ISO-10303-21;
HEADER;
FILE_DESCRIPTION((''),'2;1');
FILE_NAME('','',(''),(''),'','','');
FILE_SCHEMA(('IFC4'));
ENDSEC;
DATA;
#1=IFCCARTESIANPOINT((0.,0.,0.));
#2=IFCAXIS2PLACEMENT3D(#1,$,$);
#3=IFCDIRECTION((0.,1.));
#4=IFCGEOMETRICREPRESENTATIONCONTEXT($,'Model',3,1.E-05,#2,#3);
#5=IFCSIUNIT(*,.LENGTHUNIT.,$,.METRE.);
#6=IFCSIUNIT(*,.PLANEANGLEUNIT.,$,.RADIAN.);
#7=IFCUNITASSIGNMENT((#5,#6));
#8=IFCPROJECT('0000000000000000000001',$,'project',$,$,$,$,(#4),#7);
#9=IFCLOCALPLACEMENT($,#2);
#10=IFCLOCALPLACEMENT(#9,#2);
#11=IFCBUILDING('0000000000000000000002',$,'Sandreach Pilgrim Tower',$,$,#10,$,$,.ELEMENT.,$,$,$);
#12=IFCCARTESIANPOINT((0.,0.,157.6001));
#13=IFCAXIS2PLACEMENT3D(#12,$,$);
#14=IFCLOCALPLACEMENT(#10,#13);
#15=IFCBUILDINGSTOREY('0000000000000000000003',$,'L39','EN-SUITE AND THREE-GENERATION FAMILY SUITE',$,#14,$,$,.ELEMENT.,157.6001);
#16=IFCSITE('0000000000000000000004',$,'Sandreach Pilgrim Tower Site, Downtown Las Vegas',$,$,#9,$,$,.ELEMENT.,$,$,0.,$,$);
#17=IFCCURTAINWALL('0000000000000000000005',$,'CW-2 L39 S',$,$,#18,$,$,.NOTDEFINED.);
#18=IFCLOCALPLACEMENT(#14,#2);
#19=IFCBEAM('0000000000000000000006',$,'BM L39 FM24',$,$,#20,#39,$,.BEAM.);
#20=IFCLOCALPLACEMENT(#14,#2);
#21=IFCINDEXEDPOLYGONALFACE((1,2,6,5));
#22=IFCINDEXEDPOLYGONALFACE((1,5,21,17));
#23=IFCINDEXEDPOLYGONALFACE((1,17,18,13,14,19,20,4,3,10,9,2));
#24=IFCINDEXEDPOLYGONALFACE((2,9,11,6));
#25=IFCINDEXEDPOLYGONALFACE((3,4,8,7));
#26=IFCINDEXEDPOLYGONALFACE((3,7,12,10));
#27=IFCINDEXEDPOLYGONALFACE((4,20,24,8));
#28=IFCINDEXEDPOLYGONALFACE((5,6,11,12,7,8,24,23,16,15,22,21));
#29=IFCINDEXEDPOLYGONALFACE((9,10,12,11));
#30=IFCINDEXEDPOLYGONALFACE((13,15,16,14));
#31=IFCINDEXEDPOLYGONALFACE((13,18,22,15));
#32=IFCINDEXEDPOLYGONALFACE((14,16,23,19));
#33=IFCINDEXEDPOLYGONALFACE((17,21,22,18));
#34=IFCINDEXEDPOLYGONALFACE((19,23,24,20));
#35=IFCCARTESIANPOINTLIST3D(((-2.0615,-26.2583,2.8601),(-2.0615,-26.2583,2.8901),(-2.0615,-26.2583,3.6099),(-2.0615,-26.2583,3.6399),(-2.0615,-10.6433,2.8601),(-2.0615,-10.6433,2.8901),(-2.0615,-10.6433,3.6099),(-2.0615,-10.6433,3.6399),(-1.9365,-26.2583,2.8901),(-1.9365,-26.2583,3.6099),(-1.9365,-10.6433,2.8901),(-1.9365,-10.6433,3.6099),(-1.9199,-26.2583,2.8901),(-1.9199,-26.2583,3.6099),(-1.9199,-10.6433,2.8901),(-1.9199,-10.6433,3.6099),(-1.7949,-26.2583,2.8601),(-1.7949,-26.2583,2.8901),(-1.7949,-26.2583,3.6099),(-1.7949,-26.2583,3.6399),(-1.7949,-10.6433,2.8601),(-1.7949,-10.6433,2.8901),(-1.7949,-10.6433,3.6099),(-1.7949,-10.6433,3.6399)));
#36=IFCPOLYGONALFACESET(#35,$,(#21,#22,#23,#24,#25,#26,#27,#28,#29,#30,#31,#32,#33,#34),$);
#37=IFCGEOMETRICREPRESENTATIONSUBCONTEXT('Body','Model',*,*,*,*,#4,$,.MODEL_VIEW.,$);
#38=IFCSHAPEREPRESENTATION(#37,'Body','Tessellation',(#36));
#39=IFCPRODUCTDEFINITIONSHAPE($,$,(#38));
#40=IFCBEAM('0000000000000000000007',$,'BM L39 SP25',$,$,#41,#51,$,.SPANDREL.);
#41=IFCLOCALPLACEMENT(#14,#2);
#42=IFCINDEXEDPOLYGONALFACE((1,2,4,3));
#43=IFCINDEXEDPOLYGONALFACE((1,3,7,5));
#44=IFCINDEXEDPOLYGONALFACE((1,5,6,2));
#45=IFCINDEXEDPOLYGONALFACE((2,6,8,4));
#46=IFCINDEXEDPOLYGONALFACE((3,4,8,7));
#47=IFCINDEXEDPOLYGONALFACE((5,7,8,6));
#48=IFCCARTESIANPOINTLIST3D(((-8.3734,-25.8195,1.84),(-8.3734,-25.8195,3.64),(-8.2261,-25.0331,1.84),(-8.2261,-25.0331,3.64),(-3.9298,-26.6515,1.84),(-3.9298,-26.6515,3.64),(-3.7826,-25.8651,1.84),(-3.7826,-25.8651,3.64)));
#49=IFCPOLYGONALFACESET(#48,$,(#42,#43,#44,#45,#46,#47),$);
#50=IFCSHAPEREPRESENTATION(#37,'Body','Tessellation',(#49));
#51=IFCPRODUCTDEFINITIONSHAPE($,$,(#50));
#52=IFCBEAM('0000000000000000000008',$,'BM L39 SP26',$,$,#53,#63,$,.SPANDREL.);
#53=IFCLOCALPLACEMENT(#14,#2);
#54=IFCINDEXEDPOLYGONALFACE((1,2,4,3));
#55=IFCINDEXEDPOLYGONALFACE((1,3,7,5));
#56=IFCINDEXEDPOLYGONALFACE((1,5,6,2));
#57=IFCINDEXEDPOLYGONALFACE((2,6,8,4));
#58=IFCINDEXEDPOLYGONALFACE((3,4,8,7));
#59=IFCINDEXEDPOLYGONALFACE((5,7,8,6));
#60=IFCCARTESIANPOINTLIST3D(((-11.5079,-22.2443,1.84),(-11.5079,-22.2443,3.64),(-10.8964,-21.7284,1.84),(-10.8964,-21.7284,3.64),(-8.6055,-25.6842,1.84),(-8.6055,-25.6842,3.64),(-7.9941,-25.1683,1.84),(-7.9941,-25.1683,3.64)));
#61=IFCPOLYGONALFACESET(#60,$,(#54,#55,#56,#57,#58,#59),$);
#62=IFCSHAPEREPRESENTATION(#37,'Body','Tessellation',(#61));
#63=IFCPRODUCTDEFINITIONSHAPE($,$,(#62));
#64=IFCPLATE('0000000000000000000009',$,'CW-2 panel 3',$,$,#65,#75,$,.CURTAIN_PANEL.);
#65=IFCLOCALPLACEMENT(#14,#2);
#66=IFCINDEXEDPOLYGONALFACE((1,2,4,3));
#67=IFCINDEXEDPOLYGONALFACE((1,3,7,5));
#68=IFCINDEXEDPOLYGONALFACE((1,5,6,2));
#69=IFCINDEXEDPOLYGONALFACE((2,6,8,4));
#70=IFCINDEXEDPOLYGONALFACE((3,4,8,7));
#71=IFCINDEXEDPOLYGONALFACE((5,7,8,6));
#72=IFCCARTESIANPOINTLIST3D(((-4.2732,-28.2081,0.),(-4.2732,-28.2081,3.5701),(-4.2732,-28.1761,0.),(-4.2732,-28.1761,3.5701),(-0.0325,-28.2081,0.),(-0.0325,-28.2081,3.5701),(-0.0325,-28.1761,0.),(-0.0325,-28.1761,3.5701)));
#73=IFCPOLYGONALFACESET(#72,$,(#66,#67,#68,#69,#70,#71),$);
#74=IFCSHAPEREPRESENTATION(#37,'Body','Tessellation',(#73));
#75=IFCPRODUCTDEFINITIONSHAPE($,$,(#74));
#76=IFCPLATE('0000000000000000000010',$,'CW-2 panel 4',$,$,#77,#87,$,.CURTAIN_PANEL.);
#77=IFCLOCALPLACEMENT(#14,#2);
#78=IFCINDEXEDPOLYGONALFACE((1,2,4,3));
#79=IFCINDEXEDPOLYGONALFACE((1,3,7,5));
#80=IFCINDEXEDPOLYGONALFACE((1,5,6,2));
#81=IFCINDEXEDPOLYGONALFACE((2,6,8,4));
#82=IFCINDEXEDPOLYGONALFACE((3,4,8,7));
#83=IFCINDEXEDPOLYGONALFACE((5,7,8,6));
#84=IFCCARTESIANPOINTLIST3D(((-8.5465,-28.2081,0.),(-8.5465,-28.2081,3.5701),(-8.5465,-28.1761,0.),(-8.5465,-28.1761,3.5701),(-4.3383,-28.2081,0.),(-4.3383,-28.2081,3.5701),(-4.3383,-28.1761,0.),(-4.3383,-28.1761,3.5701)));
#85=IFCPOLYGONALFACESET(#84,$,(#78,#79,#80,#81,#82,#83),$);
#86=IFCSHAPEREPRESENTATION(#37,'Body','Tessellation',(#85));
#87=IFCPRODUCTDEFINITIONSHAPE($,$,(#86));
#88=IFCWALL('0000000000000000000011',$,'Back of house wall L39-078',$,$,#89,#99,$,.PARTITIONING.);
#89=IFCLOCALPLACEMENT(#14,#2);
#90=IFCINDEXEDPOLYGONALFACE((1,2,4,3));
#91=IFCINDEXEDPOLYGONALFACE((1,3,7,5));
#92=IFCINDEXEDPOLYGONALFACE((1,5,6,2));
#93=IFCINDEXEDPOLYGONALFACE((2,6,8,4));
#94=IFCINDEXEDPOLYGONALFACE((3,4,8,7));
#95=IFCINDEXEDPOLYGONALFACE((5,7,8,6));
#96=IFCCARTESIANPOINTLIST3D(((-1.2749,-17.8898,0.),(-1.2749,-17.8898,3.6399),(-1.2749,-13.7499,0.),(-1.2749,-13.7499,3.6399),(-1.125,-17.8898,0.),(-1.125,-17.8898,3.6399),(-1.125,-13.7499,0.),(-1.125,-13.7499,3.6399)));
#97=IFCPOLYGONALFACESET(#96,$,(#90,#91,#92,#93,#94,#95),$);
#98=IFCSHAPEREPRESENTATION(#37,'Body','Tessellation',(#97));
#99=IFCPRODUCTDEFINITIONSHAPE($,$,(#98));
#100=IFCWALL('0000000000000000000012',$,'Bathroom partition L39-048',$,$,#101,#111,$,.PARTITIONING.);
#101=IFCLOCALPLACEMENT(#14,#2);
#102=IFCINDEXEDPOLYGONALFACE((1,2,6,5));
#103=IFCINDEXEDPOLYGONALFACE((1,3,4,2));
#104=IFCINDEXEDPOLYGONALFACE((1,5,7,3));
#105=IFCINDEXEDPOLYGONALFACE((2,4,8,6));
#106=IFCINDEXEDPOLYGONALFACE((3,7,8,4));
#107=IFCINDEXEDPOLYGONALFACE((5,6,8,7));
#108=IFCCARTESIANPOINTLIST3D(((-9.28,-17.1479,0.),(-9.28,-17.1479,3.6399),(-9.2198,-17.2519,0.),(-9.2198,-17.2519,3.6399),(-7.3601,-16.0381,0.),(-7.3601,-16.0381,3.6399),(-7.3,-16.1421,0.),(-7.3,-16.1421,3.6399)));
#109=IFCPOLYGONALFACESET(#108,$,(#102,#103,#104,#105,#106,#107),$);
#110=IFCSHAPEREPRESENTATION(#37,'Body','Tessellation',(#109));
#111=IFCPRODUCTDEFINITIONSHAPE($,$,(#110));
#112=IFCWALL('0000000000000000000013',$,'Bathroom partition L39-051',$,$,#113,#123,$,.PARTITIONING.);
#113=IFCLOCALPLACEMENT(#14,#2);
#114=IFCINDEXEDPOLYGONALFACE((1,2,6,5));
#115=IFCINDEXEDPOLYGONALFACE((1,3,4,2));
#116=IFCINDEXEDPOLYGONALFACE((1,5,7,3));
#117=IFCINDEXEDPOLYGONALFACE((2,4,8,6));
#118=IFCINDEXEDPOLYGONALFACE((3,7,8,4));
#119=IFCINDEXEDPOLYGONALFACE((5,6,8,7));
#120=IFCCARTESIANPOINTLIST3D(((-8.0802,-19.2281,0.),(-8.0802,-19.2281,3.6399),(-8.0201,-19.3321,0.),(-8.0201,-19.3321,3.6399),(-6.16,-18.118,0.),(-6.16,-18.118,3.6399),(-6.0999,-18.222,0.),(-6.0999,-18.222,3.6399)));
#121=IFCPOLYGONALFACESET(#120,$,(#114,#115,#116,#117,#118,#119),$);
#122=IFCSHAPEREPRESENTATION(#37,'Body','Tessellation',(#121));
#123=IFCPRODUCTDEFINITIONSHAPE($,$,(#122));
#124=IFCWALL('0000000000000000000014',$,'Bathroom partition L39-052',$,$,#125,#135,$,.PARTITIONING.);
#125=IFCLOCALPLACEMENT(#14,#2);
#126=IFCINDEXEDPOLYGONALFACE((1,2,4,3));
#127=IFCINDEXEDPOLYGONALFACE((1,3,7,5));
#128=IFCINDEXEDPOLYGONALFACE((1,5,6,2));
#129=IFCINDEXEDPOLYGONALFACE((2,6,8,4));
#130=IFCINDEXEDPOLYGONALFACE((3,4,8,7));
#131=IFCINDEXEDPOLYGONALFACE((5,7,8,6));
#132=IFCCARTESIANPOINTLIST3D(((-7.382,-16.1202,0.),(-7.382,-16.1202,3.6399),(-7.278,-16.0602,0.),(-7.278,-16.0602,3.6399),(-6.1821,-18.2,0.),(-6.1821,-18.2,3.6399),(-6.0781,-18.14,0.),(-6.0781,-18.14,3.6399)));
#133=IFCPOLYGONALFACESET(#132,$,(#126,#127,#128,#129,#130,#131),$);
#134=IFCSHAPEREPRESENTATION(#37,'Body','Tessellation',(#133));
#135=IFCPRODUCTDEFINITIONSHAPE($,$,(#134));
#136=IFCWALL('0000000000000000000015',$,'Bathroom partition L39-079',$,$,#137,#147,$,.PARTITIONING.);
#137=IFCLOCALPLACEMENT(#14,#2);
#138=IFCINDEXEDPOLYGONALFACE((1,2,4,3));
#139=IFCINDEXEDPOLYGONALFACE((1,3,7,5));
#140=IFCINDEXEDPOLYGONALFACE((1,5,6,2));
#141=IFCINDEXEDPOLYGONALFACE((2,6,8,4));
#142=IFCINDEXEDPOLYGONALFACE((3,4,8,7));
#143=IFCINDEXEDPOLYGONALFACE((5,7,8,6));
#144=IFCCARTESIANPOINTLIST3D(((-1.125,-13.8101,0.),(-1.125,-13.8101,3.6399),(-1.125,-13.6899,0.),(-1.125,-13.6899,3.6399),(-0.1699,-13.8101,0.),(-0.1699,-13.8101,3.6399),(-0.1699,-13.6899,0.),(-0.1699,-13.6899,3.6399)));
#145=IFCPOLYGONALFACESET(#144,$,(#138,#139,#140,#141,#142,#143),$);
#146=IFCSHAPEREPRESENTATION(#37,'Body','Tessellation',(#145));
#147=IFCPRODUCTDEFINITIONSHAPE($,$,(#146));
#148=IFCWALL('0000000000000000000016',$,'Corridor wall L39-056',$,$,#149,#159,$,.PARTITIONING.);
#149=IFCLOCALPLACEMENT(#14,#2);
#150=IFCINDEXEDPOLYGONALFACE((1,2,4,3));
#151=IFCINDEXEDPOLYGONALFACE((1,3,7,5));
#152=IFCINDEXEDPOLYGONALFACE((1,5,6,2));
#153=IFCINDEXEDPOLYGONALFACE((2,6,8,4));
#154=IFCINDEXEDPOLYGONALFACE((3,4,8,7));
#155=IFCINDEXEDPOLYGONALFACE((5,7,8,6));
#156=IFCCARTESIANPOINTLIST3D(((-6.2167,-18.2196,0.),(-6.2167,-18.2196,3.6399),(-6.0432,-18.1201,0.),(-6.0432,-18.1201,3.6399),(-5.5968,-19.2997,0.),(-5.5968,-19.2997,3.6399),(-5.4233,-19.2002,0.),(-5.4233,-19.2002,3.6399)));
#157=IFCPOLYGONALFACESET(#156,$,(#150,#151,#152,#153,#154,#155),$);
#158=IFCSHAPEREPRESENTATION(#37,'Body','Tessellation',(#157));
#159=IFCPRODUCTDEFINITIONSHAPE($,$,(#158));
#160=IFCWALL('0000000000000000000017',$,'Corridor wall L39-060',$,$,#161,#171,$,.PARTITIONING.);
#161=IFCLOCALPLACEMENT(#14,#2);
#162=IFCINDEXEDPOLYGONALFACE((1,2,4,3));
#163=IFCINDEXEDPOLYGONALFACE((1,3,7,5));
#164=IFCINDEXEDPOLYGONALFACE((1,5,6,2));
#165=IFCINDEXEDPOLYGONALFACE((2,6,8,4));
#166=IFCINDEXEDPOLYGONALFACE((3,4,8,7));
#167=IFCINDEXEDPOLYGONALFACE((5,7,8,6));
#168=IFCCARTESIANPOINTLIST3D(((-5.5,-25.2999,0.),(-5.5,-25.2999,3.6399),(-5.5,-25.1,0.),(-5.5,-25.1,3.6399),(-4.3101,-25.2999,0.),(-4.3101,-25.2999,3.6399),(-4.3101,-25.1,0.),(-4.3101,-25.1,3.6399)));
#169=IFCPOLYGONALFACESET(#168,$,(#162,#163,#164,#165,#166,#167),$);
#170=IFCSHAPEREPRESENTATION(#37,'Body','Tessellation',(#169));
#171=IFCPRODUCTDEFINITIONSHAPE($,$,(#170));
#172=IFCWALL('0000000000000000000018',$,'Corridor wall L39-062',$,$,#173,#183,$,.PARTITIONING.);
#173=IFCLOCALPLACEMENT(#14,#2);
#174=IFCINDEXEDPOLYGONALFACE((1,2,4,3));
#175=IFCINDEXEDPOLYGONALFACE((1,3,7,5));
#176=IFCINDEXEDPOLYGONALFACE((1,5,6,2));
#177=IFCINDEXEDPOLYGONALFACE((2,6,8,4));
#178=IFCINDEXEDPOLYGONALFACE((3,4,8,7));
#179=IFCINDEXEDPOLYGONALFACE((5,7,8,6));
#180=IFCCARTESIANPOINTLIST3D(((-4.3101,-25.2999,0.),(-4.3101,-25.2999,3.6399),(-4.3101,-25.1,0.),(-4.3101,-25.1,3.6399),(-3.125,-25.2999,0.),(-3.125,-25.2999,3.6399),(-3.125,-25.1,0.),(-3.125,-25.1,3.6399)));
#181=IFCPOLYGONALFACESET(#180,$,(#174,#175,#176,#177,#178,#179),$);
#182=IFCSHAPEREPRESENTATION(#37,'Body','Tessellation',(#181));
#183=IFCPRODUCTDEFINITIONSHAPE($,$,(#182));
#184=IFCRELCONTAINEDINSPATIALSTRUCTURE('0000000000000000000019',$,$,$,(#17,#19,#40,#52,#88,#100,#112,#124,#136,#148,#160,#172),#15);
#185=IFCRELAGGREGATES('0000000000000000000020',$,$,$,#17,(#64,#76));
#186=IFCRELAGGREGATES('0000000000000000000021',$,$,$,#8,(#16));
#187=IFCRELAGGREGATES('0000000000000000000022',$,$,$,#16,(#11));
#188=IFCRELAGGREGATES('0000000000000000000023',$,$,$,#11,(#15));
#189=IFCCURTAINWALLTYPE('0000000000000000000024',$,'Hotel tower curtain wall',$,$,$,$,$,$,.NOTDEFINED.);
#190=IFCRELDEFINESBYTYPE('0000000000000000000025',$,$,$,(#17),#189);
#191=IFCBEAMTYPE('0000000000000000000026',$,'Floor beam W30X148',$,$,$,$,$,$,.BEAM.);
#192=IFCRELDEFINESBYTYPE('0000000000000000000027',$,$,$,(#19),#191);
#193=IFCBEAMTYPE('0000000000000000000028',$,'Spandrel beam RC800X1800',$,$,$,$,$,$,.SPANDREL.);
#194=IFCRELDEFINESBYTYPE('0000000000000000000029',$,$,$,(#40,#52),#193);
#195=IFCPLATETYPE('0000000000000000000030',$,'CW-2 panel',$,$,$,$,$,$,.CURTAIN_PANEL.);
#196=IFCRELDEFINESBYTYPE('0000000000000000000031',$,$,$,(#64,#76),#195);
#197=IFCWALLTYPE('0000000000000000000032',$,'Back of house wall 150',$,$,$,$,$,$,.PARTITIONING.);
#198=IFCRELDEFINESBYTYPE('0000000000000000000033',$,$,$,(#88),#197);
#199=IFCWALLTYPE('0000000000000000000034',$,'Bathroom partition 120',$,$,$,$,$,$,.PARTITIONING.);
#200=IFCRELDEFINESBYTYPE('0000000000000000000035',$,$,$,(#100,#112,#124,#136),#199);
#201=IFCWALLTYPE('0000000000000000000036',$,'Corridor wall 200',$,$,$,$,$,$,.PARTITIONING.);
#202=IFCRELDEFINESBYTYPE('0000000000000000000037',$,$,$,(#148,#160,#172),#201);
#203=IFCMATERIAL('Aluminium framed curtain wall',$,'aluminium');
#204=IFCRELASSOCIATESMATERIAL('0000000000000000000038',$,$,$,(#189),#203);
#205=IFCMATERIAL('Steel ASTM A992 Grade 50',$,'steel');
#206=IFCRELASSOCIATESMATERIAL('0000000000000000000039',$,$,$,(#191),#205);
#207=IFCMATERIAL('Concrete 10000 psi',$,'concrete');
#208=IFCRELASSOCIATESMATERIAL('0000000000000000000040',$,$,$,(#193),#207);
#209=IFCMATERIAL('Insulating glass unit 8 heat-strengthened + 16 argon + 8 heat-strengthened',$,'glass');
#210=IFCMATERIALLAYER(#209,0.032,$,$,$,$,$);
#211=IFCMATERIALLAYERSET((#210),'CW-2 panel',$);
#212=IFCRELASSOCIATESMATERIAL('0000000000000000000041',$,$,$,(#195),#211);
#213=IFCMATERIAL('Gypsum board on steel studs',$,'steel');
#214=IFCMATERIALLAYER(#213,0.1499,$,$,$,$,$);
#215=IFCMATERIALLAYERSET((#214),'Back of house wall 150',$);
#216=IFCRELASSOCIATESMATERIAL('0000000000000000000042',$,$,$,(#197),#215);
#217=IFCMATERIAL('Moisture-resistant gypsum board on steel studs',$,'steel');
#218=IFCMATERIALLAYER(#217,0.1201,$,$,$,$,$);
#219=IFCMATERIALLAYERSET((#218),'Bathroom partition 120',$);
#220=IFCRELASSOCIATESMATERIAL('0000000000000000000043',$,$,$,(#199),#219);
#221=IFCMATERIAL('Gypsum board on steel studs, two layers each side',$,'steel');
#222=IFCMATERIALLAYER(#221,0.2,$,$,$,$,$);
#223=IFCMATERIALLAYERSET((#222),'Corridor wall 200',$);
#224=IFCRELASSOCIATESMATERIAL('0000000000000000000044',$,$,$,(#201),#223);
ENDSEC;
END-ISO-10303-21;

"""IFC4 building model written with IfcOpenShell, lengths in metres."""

from ifc_helpers import new_model, si_unit, direction, frame, frame_2d, origin, origin_2d, place, context, subcontext, project, spatial, rectangle, i_section, extrude, material, layer, layer_set, material_profile, profile_set, type_object, element, aggregate, save


model = new_model("IFC4")

# Units and contexts
model_context = context("Model", 3, precision=1e-05, world=origin(), true_north=direction((0.0, 1.0)))
body_context = subcontext(model_context, "Body", "Model", "MODEL_VIEW")
ifc_project = project(units=[si_unit("LENGTHUNIT", "METRE"), si_unit("PLANEANGLEUNIT", "RADIAN")], contexts=[model_context])

# Site, building, storey
site_placement = place(None, origin())
site = spatial("IfcSite", under=ifc_project, at=site_placement, Name="Sandreach Pilgrim Tower Site, Downtown Las Vegas", CompositionType="ELEMENT", RefElevation=0.0)
building_placement = place(site_placement, origin())
building = spatial("IfcBuilding", under=site, at=building_placement, Name="Sandreach Pilgrim Tower", CompositionType="ELEMENT")
storey_placement = place(building_placement, frame((0.0, 0.0, 157.6001)))
storey = spatial("IfcBuildingStorey", under=building, at=storey_placement, Name="L39", Description="EN-SUITE AND THREE-GENERATION FAMILY SUITE", CompositionType="ELEMENT", Elevation=157.6001)

# Curtain wall
ifc_material_1 = material(Name="Aluminium framed curtain wall", Category="aluminium")
curtain_wall_type = type_object("IfcCurtainWallType", Name="Hotel tower curtain wall", PredefinedType="NOTDEFINED", material=ifc_material_1)
curtain_wall_placement = place(storey_placement, origin())
curtain_wall = element("IfcCurtainWall", 1, at=curtain_wall_placement, inside=storey, type_object=curtain_wall_type, Name="CW-2 L39 S", PredefinedType="NOTDEFINED")

# Beams
ifc_material_2 = material(Name="Steel ASTM A992 Grade 50", Category="steel")
ifc_material_profile_1 = material_profile(ifc_material_2, i_section(OverallWidth=0.2666, OverallDepth=0.7798, WebThickness=0.0166, FlangeThickness=0.03, at=origin_2d()), Name="W30X148")
ifc_profile_set_1 = profile_set([ifc_material_profile_1], Name="Steel ASTM A992 Grade 50")
beam_type_1 = type_object("IfcBeamType", Name="Floor beam W30X148", PredefinedType="BEAM", material=ifc_profile_set_1)
beam_1_placement = place(storey_placement, frame((-1.9282, -26.2583, 3.25), z_axis=(0.0, 1.0, 0.0), x_axis=(-1.0, 0.0, 0.0)))
element("IfcBeam", 2, at=beam_1_placement, inside=storey, type_object=beam_type_1, Name="BM L39 FM24", PredefinedType="BEAM", context=body_context, shape_type="SweptSolid", body=[
    extrude(i_section(OverallWidth=0.2666, OverallDepth=0.7798, WebThickness=0.0166, FlangeThickness=0.03, at=origin_2d()), origin(), (0.0, 0.0, 1.0), 15.615),
])
ifc_material_3 = material(Name="Concrete 10000 psi", Category="concrete")
ifc_material_profile_2 = material_profile(ifc_material_3, rectangle(XDim=0.8, YDim=1.8, at=origin_2d()), Name="RC800X1800")
ifc_profile_set_2 = profile_set([ifc_material_profile_2], Name="Concrete 10000 psi")
beam_type_2 = type_object("IfcBeamType", Name="Spandrel beam RC800X1800", PredefinedType="SPANDREL", material=ifc_profile_set_2)
beam_2_placement = place(storey_placement, frame((-3.8562, -26.2583, 2.74), z_axis=(-0.982918, 0.184044, 0.0), x_axis=(-0.184044, -0.982918, 0.0)))
element("IfcBeam", 3, at=beam_2_placement, inside=storey, type_object=beam_type_2, Name="BM L39 SP25", PredefinedType="SPANDREL", context=body_context, shape_type="SweptSolid", body=[
    extrude(rectangle(XDim=0.8, YDim=1.8, at=origin_2d()), origin(), (0.0, 0.0, 1.0), 4.5208),
])
beam_3_placement = place(storey_placement, frame((-8.2998, -25.4263, 2.74), z_axis=(-0.644857, 0.764303, 0.0), x_axis=(-0.764303, -0.644857, 0.0)))
element("IfcBeam", 4, at=beam_3_placement, inside=storey, type_object=beam_type_2, Name="BM L39 SP26", PredefinedType="SPANDREL", context=body_context, shape_type="SweptSolid", body=[
    extrude(rectangle(XDim=0.8, YDim=1.8, at=origin_2d()), origin(), (0.0, 0.0, 1.0), 4.5007),
])

# Plates
ifc_material_4 = material(Name="Insulating glass unit 8 heat-strengthened + 16 argon + 8 heat-strengthened", Category="glass")
ifc_layer_1 = layer(ifc_material_4, 0.032)
ifc_layer_set_1 = layer_set([ifc_layer_1], Name="CW-2 panel")
plate_type = type_object("IfcPlateType", Name="CW-2 panel", PredefinedType="CURTAIN_PANEL", material=ifc_layer_set_1)
plate_1_placement = place(storey_placement, frame((-2.1528, -28.1921, 0.0), z_axis=(0.0, 0.0, 1.0), x_axis=(-1.0, 0.0, 0.0)))
plate_1 = element("IfcPlate", 5, at=plate_1_placement, type_object=plate_type, Name="CW-2 panel 3", PredefinedType="CURTAIN_PANEL", context=body_context, shape_type="SweptSolid", body=[
    extrude(rectangle(XDim=4.2407, YDim=0.032, at=origin_2d()), origin(), (0.0, 0.0, 1.0), 3.5701),
])
plate_2_placement = place(storey_placement, frame((-6.4424, -28.1921, 0.0), z_axis=(0.0, 0.0, 1.0), x_axis=(-1.0, 0.0, 0.0)))
plate_2 = element("IfcPlate", 6, at=plate_2_placement, type_object=plate_type, Name="CW-2 panel 4", PredefinedType="CURTAIN_PANEL", context=body_context, shape_type="SweptSolid", body=[
    extrude(rectangle(XDim=4.2083, YDim=0.032, at=origin_2d()), origin(), (0.0, 0.0, 1.0), 3.5701),
])
aggregate(curtain_wall, [plate_1, plate_2])

# Walls
ifc_material_5 = material(Name="Gypsum board on steel studs", Category="steel")
ifc_layer_2 = layer(ifc_material_5, 0.1499)
ifc_layer_set_2 = layer_set([ifc_layer_2], Name="Back of house wall 150")
wall_type_1 = type_object("IfcWallType", Name="Back of house wall 150", PredefinedType="PARTITIONING", material=ifc_layer_set_2)
wall_1_placement = place(storey_placement, frame((-1.2, -13.75, 0.0), z_axis=(0.0, 0.0, 1.0), x_axis=(0.0, -1.0, 0.0)))
element("IfcWall", 7, at=wall_1_placement, inside=storey, type_object=wall_type_1, Name="Back of house wall L39-078", PredefinedType="PARTITIONING", context=body_context, shape_type="SweptSolid", body=[
    extrude(rectangle(XDim=4.1399, YDim=0.1499, at=frame_2d((2.0698, 0.0))), origin(), (0.0, 0.0, 1.0), 3.6399),
])
ifc_material_6 = material(Name="Moisture-resistant gypsum board on steel studs", Category="steel")
ifc_layer_3 = layer(ifc_material_6, 0.1201)
ifc_layer_set_3 = layer_set([ifc_layer_3], Name="Bathroom partition 120")
wall_type_2 = type_object("IfcWallType", Name="Bathroom partition 120", PredefinedType="PARTITIONING", material=ifc_layer_set_3)
wall_2_placement = place(storey_placement, frame((-9.25, -17.2, 0.0), z_axis=(0.0, 0.0, 1.0), x_axis=(0.865753, 0.500472, 0.0)))
element("IfcWall", 8, at=wall_2_placement, inside=storey, type_object=wall_type_2, Name="Bathroom partition L39-048", PredefinedType="PARTITIONING", context=body_context, shape_type="SweptSolid", body=[
    extrude(rectangle(XDim=2.2175, YDim=0.1201, at=frame_2d((1.1089, 0.0))), origin(), (0.0, 0.0, 1.0), 3.6399),
])
wall_3_placement = place(storey_placement, frame((-8.05, -19.28, 0.0), z_axis=(0.0, 0.0, 1.0), x_axis=(0.865733, 0.500507, 0.0)))
element("IfcWall", 9, at=wall_3_placement, inside=storey, type_object=wall_type_2, Name="Bathroom partition L39-051", PredefinedType="PARTITIONING", context=body_context, shape_type="SweptSolid", body=[
    extrude(rectangle(XDim=2.218, YDim=0.1201, at=frame_2d((1.1089, 0.0))), origin(), (0.0, 0.0, 1.0), 3.6399),
])
wall_4_placement = place(storey_placement, frame((-7.3301, -16.0901, 0.0), z_axis=(0.0, 0.0, 1.0), x_axis=(0.499737, -0.866177, 0.0)))
element("IfcWall", 10, at=wall_4_placement, inside=storey, type_object=wall_type_2, Name="Bathroom partition L39-052", PredefinedType="PARTITIONING", context=body_context, shape_type="SweptSolid", body=[
    extrude(rectangle(XDim=2.4011, YDim=0.1201, at=frame_2d((1.2007, 0.0))), origin(), (0.0, 0.0, 1.0), 3.6399),
])
wall_5_placement = place(storey_placement, frame((-1.125, -13.75, 0.0), z_axis=(0.0, 0.0, 1.0), x_axis=(1.0, 0.0, 0.0)))
element("IfcWall", 11, at=wall_5_placement, inside=storey, type_object=wall_type_2, Name="Bathroom partition L39-079", PredefinedType="PARTITIONING", context=body_context, shape_type="SweptSolid", body=[
    extrude(rectangle(XDim=0.9551, YDim=0.1201, at=frame_2d((0.4775, 0.0))), origin(), (0.0, 0.0, 1.0), 3.6399),
])
ifc_material_7 = material(Name="Gypsum board on steel studs, two layers each side", Category="steel")
ifc_layer_4 = layer(ifc_material_7, 0.2)
ifc_layer_set_4 = layer_set([ifc_layer_4], Name="Corridor wall 200")
wall_type_3 = type_object("IfcWallType", Name="Corridor wall 200", PredefinedType="PARTITIONING", material=ifc_layer_set_4)
wall_6_placement = place(storey_placement, frame((-6.1299, -18.1699, 0.0), z_axis=(0.0, 0.0, 1.0), x_axis=(0.497764, -0.867313, 0.0)))
element("IfcWall", 12, at=wall_6_placement, inside=storey, type_object=wall_type_3, Name="Corridor wall L39-056", PredefinedType="PARTITIONING", context=body_context, shape_type="SweptSolid", body=[
    extrude(rectangle(XDim=1.2454, YDim=0.2, at=frame_2d((0.6226, 0.0))), origin(), (0.0, 0.0, 1.0), 3.6399),
])

# Walls
wall_7_placement = place(storey_placement, frame((-5.5, -25.2, 0.0), z_axis=(0.0, 0.0, 1.0), x_axis=(1.0, 0.0, 0.0)))
element("IfcWall", 13, at=wall_7_placement, inside=storey, type_object=wall_type_3, Name="Corridor wall L39-060", PredefinedType="PARTITIONING", context=body_context, shape_type="SweptSolid", body=[
    extrude(rectangle(XDim=1.1899, YDim=0.2, at=frame_2d((0.595, 0.0))), origin(), (0.0, 0.0, 1.0), 3.6399),
])
wall_8_placement = place(storey_placement, frame((-4.3101, -25.2, 0.0), z_axis=(0.0, 0.0, 1.0), x_axis=(1.0, 0.0, 0.0)))
element("IfcWall", 14, at=wall_8_placement, inside=storey, type_object=wall_type_3, Name="Corridor wall L39-062", PredefinedType="PARTITIONING", context=body_context, shape_type="SweptSolid", body=[
    extrude(rectangle(XDim=1.1851, YDim=0.2, at=frame_2d((0.5925, 0.0))), origin(), (0.0, 0.0, 1.0), 3.6399),
])

save(model, "model.ifc")
